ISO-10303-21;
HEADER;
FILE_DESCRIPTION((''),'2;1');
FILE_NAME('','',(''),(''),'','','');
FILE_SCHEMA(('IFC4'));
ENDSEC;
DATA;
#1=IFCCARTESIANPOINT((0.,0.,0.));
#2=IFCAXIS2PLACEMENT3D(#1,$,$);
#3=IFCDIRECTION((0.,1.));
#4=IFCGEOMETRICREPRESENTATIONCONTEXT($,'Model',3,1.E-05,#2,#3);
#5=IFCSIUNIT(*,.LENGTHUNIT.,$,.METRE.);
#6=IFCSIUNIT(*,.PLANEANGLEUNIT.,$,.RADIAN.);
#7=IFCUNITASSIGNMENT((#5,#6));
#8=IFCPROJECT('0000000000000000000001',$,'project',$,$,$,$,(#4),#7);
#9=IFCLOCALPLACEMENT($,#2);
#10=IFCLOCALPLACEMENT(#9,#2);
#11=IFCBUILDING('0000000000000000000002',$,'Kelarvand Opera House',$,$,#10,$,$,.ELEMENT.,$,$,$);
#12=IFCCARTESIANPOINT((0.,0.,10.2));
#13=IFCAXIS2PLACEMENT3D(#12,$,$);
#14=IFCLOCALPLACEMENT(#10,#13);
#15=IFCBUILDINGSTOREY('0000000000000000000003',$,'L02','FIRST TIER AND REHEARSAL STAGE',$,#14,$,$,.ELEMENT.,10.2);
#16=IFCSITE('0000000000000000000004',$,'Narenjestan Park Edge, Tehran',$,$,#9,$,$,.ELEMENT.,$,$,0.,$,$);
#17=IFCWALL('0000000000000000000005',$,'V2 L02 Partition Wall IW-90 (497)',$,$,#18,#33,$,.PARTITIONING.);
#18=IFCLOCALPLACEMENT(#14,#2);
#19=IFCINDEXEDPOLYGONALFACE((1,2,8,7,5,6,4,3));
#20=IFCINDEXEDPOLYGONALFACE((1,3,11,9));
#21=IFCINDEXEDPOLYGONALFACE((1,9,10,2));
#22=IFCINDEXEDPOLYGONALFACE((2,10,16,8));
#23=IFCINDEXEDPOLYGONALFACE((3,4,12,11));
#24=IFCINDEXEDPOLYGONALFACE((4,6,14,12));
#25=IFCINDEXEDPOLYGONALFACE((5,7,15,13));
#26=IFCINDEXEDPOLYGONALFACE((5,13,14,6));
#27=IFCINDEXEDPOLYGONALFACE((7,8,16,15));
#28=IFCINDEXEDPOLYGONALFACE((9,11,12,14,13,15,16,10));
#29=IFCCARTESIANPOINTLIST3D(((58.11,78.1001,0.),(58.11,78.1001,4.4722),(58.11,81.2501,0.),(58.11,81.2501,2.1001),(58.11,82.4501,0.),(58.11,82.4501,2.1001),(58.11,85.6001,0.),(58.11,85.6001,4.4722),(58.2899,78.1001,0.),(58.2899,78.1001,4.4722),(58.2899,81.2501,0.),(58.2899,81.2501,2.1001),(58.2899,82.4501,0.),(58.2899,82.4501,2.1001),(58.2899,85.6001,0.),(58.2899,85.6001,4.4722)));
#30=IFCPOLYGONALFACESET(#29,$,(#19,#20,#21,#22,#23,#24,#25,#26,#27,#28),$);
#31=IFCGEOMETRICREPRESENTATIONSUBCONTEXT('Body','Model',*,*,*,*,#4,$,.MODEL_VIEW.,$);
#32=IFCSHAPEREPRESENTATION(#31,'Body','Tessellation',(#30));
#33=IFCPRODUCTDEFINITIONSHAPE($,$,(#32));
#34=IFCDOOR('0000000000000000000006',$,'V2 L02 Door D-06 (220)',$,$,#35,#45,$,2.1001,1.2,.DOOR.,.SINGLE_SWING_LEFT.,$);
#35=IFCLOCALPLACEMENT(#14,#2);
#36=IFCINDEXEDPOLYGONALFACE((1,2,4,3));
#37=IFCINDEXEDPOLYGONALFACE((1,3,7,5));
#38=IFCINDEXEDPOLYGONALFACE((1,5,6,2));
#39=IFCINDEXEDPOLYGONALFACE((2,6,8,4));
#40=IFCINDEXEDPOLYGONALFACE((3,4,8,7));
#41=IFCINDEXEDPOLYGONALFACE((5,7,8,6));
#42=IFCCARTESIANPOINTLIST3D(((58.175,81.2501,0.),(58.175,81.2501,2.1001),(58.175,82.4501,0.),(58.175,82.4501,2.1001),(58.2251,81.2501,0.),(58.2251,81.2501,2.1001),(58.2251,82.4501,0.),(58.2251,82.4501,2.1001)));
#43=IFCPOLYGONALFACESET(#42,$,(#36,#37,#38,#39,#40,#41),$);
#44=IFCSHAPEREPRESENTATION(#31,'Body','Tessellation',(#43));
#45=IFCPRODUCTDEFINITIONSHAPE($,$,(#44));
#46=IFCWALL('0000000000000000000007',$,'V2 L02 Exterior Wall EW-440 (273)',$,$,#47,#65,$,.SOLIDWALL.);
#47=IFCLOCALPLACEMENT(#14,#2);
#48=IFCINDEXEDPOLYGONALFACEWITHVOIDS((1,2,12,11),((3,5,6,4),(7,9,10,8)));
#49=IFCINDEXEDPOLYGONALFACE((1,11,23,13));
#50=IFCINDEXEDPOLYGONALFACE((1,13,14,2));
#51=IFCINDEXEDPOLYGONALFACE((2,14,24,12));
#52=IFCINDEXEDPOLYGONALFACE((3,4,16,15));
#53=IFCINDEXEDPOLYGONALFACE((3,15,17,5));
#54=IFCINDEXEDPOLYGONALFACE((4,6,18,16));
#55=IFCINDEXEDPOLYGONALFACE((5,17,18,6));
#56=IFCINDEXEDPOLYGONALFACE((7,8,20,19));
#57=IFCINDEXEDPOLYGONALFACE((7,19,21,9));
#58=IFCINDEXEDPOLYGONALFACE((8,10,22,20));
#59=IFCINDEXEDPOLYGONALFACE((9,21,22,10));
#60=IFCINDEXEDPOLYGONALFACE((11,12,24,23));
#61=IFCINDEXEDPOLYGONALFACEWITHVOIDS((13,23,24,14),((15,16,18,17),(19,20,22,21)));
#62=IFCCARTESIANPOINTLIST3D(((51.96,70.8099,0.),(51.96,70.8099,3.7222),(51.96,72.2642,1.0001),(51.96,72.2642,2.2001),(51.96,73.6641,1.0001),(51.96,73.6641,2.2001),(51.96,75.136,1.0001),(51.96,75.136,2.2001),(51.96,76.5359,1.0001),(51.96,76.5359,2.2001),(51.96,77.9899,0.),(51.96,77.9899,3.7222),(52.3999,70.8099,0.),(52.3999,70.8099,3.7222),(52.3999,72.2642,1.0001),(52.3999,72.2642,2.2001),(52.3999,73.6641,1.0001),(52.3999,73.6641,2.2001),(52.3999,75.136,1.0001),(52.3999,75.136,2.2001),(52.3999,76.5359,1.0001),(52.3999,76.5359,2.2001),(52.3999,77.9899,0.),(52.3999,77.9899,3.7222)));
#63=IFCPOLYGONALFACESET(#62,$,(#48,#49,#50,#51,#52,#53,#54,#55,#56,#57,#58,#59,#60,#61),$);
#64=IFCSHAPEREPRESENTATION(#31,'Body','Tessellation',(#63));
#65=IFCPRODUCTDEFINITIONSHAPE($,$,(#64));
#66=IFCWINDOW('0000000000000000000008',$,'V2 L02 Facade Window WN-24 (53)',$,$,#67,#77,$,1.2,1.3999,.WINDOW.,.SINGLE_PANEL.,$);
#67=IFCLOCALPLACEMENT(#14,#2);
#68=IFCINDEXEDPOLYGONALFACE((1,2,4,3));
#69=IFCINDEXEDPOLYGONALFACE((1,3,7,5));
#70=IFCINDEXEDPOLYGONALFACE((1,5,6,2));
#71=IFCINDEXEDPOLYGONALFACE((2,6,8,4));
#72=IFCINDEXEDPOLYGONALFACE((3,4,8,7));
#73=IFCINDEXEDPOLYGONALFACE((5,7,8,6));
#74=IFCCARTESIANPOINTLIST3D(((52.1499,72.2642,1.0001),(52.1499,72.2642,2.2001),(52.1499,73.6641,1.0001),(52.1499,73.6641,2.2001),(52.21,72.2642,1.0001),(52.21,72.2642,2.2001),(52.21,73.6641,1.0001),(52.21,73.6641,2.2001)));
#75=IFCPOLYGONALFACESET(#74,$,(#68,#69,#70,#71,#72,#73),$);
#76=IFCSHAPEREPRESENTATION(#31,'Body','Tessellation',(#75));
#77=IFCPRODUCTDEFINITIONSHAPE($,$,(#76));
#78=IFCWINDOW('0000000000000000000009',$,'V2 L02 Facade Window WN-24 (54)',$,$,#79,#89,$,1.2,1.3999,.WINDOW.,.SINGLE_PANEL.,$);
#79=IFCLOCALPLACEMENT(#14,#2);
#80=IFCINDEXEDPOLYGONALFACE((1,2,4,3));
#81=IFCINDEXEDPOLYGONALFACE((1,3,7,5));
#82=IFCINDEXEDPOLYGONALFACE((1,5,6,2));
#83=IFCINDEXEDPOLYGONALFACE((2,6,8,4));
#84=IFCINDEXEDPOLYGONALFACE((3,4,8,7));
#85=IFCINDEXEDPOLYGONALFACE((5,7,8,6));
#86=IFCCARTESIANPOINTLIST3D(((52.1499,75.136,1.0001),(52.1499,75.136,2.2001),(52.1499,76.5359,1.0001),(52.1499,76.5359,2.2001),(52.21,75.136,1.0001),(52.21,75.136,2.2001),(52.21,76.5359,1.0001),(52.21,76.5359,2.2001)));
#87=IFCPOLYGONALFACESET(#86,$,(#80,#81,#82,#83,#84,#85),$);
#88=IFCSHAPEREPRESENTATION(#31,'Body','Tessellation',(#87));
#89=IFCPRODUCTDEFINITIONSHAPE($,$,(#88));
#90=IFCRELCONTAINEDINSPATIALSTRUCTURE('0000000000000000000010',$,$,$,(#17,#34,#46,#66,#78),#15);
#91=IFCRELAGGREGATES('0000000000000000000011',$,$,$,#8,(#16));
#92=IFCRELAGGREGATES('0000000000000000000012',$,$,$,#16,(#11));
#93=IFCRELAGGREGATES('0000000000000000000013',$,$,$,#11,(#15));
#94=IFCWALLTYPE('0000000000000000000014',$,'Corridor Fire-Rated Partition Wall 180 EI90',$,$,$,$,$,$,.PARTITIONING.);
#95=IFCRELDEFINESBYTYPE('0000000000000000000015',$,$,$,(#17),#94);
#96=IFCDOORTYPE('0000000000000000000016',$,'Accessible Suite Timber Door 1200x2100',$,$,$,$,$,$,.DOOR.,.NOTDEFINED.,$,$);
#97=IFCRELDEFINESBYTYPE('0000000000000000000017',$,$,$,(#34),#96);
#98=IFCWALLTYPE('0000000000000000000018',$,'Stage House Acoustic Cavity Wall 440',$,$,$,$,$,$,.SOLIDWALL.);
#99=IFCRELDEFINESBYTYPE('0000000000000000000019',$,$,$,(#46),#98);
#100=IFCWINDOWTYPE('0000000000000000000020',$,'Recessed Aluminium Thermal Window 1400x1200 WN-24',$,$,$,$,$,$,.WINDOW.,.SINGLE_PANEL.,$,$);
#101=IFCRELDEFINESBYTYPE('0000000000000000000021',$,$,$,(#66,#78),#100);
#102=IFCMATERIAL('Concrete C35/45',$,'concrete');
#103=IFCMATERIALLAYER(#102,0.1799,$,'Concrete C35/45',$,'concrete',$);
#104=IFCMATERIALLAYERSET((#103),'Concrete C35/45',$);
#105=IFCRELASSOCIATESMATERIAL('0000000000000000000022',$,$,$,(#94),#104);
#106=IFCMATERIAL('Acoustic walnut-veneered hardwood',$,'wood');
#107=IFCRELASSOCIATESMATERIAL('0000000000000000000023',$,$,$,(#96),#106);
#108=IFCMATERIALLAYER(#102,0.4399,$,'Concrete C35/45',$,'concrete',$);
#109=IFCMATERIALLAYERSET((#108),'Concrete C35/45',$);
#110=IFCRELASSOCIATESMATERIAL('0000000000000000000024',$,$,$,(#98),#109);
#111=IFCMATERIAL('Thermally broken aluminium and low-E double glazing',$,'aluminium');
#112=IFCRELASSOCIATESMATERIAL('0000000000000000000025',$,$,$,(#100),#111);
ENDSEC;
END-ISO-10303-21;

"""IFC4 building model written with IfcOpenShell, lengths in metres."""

from ifc_helpers import new_model, si_unit, direction, frame, frame_2d, origin, place, context, subcontext, project, spatial, rectangle, extrude, material, layer, layer_set, type_object, element, fill, save


model = new_model("IFC4")

# Units and contexts
model_context = context("Model", 3, precision=1e-05, world=origin(), true_north=direction((0.0, 1.0)))
body_context = subcontext(model_context, "Body", "Model", "MODEL_VIEW")
ifc_project = project(units=[si_unit("LENGTHUNIT", "METRE"), si_unit("PLANEANGLEUNIT", "RADIAN")], contexts=[model_context])

# Site, building, storey
site_placement = place(None, origin())
site = spatial("IfcSite", under=ifc_project, at=site_placement, Name="Narenjestan Park Edge, Tehran", CompositionType="ELEMENT", RefElevation=0.0)
building_placement = place(site_placement, origin())
building = spatial("IfcBuilding", under=site, at=building_placement, Name="Kelarvand Opera House", CompositionType="ELEMENT")
storey_placement = place(building_placement, frame((0.0, 0.0, 10.2)))
storey = spatial("IfcBuildingStorey", under=building, at=storey_placement, Name="L02", Description="FIRST TIER AND REHEARSAL STAGE", CompositionType="ELEMENT", Elevation=10.2)

# Wall, opening, door
ifc_material_1 = material(Name="Concrete C35/45", Category="concrete")
ifc_layer_1 = layer(ifc_material_1, 0.1799, Name="Concrete C35/45", Category="concrete")
ifc_layer_set_1 = layer_set([ifc_layer_1], Name="Concrete C35/45")
wall_type_1 = type_object("IfcWallType", Name="Corridor Fire-Rated Partition Wall 180 EI90", PredefinedType="PARTITIONING", material=ifc_layer_set_1)
ifc_material_2 = material(Name="Acoustic walnut-veneered hardwood", Category="wood")
wall_1_placement = place(storey_placement, frame((58.2, 78.1001, 0.0), z_axis=(0.0, 0.0, 1.0), x_axis=(0.0, 1.0, 0.0)))
wall_1 = element("IfcWall", 1, at=wall_1_placement, inside=storey, type_object=wall_type_1, Name="V2 L02 Partition Wall IW-90 (497)", PredefinedType="PARTITIONING", context=body_context, shape_type="SweptSolid", body=[
    extrude(rectangle(XDim=7.5, YDim=0.1799, at=frame_2d((3.75, 0.0))), origin(), (0.0, 0.0, 1.0), 4.4722),
])
opening_1_placement = place(wall_1_placement, frame((3.1499, 0.0, 0.0)))
opening_1 = element("IfcOpeningElement", 2, at=opening_1_placement, cuts=wall_1, PredefinedType="OPENING", context=body_context, shape_type="SweptSolid", body=[
    extrude(rectangle(XDim=1.2, YDim=2.1001, at=frame_2d((0.6001, 1.05))), frame((0.0, 0.1001, 0.0), z_axis=(0.0, -1.0, 0.0), x_axis=(1.0, 0.0, 0.0)), (0.0, 0.0, 1.0), 0.2),
])
door_type_1 = type_object("IfcDoorType", Name="Accessible Suite Timber Door 1200x2100", OperationType="NOTDEFINED", PredefinedType="DOOR", material=ifc_material_2)
door_1_placement = place(opening_1_placement, origin())
door_1 = element("IfcDoor", 3, at=door_1_placement, inside=storey, type_object=door_type_1, Name="V2 L02 Door D-06 (220)", OperationType="SINGLE_SWING_LEFT", OverallHeight=2.1001, OverallWidth=1.2, PredefinedType="DOOR", context=body_context, shape_type="SweptSolid", body=[
    extrude(rectangle(XDim=1.2, YDim=2.1001, at=frame_2d((0.6001, 1.05))), frame((0.0, 0.0249, 0.0), z_axis=(0.0, -1.0, 0.0), x_axis=(1.0, 0.0, 0.0)), (0.0, 0.0, 1.0), 0.05),
])
fill(opening_1, door_1)

# Wall, openings, windows
ifc_layer_2 = layer(ifc_material_1, 0.4399, Name="Concrete C35/45", Category="concrete")
ifc_layer_set_2 = layer_set([ifc_layer_2], Name="Concrete C35/45")
wall_type_2 = type_object("IfcWallType", Name="Stage House Acoustic Cavity Wall 440", PredefinedType="SOLIDWALL", material=ifc_layer_set_2)
wall_2_placement = place(storey_placement, frame((52.1799, 70.8101, 0.0), z_axis=(0.0, 0.0, 1.0), x_axis=(0.0, 1.0, 0.0)))
wall_2 = element("IfcWall", 4, at=wall_2_placement, inside=storey, type_object=wall_type_2, Name="V2 L02 Exterior Wall EW-440 (273)", PredefinedType="SOLIDWALL", context=body_context, shape_type="SweptSolid", body=[
    extrude(rectangle(XDim=7.1799, YDim=0.4399, at=frame_2d((3.5898, 0.0))), origin(), (0.0, 0.0, 1.0), 3.7222),
])
opening_2_placement = place(wall_2_placement, frame((1.4541, 0.0, 1.0)))
opening_2 = element("IfcOpeningElement", 5, at=opening_2_placement, cuts=wall_2, PredefinedType="OPENING", context=body_context, shape_type="SweptSolid", body=[
    extrude(rectangle(XDim=1.3999, YDim=1.2, at=frame_2d((0.7, 0.6001))), frame((0.0, 0.23, 0.0), z_axis=(0.0, -1.0, 0.0), x_axis=(1.0, 0.0, 0.0)), (0.0, 0.0, 1.0), 0.46),
])
opening_3_placement = place(wall_2_placement, frame((4.3259, 0.0, 1.0)))
opening_3 = element("IfcOpeningElement", 6, at=opening_3_placement, cuts=wall_2, PredefinedType="OPENING", context=body_context, shape_type="SweptSolid", body=[
    extrude(rectangle(XDim=1.3999, YDim=1.2, at=frame_2d((0.7, 0.6001))), frame((0.0, 0.23, 0.0), z_axis=(0.0, -1.0, 0.0), x_axis=(1.0, 0.0, 0.0)), (0.0, 0.0, 1.0), 0.46),
])
ifc_material_3 = material(Name="Thermally broken aluminium and low-E double glazing", Category="aluminium")
window_type = type_object("IfcWindowType", Name="Recessed Aluminium Thermal Window 1400x1200 WN-24", PartitioningType="SINGLE_PANEL", PredefinedType="WINDOW", material=ifc_material_3)
window_1_placement = place(opening_2_placement, origin())
window_1 = element("IfcWindow", 7, at=window_1_placement, inside=storey, type_object=window_type, Name="V2 L02 Facade Window WN-24 (53)", OverallHeight=1.2, OverallWidth=1.3999, PartitioningType="SINGLE_PANEL", PredefinedType="WINDOW", context=body_context, shape_type="SweptSolid", body=[
    extrude(rectangle(XDim=1.3999, YDim=1.2, at=frame_2d((0.7, 0.6001))), frame((0.0, 0.03, 0.0), z_axis=(0.0, -1.0, 0.0), x_axis=(1.0, 0.0, 0.0)), (0.0, 0.0, 1.0), 0.0601),
])
fill(opening_2, window_1)
window_2_placement = place(opening_3_placement, origin())
window_2 = element("IfcWindow", 8, at=window_2_placement, inside=storey, type_object=window_type, Name="V2 L02 Facade Window WN-24 (54)", OverallHeight=1.2, OverallWidth=1.3999, PartitioningType="SINGLE_PANEL", PredefinedType="WINDOW", context=body_context, shape_type="SweptSolid", body=[
    extrude(rectangle(XDim=1.3999, YDim=1.2, at=frame_2d((0.7, 0.6001))), frame((0.0, 0.03, 0.0), z_axis=(0.0, -1.0, 0.0), x_axis=(1.0, 0.0, 0.0)), (0.0, 0.0, 1.0), 0.0601),
])
fill(opening_3, window_2)

save(model, "model.ifc")
